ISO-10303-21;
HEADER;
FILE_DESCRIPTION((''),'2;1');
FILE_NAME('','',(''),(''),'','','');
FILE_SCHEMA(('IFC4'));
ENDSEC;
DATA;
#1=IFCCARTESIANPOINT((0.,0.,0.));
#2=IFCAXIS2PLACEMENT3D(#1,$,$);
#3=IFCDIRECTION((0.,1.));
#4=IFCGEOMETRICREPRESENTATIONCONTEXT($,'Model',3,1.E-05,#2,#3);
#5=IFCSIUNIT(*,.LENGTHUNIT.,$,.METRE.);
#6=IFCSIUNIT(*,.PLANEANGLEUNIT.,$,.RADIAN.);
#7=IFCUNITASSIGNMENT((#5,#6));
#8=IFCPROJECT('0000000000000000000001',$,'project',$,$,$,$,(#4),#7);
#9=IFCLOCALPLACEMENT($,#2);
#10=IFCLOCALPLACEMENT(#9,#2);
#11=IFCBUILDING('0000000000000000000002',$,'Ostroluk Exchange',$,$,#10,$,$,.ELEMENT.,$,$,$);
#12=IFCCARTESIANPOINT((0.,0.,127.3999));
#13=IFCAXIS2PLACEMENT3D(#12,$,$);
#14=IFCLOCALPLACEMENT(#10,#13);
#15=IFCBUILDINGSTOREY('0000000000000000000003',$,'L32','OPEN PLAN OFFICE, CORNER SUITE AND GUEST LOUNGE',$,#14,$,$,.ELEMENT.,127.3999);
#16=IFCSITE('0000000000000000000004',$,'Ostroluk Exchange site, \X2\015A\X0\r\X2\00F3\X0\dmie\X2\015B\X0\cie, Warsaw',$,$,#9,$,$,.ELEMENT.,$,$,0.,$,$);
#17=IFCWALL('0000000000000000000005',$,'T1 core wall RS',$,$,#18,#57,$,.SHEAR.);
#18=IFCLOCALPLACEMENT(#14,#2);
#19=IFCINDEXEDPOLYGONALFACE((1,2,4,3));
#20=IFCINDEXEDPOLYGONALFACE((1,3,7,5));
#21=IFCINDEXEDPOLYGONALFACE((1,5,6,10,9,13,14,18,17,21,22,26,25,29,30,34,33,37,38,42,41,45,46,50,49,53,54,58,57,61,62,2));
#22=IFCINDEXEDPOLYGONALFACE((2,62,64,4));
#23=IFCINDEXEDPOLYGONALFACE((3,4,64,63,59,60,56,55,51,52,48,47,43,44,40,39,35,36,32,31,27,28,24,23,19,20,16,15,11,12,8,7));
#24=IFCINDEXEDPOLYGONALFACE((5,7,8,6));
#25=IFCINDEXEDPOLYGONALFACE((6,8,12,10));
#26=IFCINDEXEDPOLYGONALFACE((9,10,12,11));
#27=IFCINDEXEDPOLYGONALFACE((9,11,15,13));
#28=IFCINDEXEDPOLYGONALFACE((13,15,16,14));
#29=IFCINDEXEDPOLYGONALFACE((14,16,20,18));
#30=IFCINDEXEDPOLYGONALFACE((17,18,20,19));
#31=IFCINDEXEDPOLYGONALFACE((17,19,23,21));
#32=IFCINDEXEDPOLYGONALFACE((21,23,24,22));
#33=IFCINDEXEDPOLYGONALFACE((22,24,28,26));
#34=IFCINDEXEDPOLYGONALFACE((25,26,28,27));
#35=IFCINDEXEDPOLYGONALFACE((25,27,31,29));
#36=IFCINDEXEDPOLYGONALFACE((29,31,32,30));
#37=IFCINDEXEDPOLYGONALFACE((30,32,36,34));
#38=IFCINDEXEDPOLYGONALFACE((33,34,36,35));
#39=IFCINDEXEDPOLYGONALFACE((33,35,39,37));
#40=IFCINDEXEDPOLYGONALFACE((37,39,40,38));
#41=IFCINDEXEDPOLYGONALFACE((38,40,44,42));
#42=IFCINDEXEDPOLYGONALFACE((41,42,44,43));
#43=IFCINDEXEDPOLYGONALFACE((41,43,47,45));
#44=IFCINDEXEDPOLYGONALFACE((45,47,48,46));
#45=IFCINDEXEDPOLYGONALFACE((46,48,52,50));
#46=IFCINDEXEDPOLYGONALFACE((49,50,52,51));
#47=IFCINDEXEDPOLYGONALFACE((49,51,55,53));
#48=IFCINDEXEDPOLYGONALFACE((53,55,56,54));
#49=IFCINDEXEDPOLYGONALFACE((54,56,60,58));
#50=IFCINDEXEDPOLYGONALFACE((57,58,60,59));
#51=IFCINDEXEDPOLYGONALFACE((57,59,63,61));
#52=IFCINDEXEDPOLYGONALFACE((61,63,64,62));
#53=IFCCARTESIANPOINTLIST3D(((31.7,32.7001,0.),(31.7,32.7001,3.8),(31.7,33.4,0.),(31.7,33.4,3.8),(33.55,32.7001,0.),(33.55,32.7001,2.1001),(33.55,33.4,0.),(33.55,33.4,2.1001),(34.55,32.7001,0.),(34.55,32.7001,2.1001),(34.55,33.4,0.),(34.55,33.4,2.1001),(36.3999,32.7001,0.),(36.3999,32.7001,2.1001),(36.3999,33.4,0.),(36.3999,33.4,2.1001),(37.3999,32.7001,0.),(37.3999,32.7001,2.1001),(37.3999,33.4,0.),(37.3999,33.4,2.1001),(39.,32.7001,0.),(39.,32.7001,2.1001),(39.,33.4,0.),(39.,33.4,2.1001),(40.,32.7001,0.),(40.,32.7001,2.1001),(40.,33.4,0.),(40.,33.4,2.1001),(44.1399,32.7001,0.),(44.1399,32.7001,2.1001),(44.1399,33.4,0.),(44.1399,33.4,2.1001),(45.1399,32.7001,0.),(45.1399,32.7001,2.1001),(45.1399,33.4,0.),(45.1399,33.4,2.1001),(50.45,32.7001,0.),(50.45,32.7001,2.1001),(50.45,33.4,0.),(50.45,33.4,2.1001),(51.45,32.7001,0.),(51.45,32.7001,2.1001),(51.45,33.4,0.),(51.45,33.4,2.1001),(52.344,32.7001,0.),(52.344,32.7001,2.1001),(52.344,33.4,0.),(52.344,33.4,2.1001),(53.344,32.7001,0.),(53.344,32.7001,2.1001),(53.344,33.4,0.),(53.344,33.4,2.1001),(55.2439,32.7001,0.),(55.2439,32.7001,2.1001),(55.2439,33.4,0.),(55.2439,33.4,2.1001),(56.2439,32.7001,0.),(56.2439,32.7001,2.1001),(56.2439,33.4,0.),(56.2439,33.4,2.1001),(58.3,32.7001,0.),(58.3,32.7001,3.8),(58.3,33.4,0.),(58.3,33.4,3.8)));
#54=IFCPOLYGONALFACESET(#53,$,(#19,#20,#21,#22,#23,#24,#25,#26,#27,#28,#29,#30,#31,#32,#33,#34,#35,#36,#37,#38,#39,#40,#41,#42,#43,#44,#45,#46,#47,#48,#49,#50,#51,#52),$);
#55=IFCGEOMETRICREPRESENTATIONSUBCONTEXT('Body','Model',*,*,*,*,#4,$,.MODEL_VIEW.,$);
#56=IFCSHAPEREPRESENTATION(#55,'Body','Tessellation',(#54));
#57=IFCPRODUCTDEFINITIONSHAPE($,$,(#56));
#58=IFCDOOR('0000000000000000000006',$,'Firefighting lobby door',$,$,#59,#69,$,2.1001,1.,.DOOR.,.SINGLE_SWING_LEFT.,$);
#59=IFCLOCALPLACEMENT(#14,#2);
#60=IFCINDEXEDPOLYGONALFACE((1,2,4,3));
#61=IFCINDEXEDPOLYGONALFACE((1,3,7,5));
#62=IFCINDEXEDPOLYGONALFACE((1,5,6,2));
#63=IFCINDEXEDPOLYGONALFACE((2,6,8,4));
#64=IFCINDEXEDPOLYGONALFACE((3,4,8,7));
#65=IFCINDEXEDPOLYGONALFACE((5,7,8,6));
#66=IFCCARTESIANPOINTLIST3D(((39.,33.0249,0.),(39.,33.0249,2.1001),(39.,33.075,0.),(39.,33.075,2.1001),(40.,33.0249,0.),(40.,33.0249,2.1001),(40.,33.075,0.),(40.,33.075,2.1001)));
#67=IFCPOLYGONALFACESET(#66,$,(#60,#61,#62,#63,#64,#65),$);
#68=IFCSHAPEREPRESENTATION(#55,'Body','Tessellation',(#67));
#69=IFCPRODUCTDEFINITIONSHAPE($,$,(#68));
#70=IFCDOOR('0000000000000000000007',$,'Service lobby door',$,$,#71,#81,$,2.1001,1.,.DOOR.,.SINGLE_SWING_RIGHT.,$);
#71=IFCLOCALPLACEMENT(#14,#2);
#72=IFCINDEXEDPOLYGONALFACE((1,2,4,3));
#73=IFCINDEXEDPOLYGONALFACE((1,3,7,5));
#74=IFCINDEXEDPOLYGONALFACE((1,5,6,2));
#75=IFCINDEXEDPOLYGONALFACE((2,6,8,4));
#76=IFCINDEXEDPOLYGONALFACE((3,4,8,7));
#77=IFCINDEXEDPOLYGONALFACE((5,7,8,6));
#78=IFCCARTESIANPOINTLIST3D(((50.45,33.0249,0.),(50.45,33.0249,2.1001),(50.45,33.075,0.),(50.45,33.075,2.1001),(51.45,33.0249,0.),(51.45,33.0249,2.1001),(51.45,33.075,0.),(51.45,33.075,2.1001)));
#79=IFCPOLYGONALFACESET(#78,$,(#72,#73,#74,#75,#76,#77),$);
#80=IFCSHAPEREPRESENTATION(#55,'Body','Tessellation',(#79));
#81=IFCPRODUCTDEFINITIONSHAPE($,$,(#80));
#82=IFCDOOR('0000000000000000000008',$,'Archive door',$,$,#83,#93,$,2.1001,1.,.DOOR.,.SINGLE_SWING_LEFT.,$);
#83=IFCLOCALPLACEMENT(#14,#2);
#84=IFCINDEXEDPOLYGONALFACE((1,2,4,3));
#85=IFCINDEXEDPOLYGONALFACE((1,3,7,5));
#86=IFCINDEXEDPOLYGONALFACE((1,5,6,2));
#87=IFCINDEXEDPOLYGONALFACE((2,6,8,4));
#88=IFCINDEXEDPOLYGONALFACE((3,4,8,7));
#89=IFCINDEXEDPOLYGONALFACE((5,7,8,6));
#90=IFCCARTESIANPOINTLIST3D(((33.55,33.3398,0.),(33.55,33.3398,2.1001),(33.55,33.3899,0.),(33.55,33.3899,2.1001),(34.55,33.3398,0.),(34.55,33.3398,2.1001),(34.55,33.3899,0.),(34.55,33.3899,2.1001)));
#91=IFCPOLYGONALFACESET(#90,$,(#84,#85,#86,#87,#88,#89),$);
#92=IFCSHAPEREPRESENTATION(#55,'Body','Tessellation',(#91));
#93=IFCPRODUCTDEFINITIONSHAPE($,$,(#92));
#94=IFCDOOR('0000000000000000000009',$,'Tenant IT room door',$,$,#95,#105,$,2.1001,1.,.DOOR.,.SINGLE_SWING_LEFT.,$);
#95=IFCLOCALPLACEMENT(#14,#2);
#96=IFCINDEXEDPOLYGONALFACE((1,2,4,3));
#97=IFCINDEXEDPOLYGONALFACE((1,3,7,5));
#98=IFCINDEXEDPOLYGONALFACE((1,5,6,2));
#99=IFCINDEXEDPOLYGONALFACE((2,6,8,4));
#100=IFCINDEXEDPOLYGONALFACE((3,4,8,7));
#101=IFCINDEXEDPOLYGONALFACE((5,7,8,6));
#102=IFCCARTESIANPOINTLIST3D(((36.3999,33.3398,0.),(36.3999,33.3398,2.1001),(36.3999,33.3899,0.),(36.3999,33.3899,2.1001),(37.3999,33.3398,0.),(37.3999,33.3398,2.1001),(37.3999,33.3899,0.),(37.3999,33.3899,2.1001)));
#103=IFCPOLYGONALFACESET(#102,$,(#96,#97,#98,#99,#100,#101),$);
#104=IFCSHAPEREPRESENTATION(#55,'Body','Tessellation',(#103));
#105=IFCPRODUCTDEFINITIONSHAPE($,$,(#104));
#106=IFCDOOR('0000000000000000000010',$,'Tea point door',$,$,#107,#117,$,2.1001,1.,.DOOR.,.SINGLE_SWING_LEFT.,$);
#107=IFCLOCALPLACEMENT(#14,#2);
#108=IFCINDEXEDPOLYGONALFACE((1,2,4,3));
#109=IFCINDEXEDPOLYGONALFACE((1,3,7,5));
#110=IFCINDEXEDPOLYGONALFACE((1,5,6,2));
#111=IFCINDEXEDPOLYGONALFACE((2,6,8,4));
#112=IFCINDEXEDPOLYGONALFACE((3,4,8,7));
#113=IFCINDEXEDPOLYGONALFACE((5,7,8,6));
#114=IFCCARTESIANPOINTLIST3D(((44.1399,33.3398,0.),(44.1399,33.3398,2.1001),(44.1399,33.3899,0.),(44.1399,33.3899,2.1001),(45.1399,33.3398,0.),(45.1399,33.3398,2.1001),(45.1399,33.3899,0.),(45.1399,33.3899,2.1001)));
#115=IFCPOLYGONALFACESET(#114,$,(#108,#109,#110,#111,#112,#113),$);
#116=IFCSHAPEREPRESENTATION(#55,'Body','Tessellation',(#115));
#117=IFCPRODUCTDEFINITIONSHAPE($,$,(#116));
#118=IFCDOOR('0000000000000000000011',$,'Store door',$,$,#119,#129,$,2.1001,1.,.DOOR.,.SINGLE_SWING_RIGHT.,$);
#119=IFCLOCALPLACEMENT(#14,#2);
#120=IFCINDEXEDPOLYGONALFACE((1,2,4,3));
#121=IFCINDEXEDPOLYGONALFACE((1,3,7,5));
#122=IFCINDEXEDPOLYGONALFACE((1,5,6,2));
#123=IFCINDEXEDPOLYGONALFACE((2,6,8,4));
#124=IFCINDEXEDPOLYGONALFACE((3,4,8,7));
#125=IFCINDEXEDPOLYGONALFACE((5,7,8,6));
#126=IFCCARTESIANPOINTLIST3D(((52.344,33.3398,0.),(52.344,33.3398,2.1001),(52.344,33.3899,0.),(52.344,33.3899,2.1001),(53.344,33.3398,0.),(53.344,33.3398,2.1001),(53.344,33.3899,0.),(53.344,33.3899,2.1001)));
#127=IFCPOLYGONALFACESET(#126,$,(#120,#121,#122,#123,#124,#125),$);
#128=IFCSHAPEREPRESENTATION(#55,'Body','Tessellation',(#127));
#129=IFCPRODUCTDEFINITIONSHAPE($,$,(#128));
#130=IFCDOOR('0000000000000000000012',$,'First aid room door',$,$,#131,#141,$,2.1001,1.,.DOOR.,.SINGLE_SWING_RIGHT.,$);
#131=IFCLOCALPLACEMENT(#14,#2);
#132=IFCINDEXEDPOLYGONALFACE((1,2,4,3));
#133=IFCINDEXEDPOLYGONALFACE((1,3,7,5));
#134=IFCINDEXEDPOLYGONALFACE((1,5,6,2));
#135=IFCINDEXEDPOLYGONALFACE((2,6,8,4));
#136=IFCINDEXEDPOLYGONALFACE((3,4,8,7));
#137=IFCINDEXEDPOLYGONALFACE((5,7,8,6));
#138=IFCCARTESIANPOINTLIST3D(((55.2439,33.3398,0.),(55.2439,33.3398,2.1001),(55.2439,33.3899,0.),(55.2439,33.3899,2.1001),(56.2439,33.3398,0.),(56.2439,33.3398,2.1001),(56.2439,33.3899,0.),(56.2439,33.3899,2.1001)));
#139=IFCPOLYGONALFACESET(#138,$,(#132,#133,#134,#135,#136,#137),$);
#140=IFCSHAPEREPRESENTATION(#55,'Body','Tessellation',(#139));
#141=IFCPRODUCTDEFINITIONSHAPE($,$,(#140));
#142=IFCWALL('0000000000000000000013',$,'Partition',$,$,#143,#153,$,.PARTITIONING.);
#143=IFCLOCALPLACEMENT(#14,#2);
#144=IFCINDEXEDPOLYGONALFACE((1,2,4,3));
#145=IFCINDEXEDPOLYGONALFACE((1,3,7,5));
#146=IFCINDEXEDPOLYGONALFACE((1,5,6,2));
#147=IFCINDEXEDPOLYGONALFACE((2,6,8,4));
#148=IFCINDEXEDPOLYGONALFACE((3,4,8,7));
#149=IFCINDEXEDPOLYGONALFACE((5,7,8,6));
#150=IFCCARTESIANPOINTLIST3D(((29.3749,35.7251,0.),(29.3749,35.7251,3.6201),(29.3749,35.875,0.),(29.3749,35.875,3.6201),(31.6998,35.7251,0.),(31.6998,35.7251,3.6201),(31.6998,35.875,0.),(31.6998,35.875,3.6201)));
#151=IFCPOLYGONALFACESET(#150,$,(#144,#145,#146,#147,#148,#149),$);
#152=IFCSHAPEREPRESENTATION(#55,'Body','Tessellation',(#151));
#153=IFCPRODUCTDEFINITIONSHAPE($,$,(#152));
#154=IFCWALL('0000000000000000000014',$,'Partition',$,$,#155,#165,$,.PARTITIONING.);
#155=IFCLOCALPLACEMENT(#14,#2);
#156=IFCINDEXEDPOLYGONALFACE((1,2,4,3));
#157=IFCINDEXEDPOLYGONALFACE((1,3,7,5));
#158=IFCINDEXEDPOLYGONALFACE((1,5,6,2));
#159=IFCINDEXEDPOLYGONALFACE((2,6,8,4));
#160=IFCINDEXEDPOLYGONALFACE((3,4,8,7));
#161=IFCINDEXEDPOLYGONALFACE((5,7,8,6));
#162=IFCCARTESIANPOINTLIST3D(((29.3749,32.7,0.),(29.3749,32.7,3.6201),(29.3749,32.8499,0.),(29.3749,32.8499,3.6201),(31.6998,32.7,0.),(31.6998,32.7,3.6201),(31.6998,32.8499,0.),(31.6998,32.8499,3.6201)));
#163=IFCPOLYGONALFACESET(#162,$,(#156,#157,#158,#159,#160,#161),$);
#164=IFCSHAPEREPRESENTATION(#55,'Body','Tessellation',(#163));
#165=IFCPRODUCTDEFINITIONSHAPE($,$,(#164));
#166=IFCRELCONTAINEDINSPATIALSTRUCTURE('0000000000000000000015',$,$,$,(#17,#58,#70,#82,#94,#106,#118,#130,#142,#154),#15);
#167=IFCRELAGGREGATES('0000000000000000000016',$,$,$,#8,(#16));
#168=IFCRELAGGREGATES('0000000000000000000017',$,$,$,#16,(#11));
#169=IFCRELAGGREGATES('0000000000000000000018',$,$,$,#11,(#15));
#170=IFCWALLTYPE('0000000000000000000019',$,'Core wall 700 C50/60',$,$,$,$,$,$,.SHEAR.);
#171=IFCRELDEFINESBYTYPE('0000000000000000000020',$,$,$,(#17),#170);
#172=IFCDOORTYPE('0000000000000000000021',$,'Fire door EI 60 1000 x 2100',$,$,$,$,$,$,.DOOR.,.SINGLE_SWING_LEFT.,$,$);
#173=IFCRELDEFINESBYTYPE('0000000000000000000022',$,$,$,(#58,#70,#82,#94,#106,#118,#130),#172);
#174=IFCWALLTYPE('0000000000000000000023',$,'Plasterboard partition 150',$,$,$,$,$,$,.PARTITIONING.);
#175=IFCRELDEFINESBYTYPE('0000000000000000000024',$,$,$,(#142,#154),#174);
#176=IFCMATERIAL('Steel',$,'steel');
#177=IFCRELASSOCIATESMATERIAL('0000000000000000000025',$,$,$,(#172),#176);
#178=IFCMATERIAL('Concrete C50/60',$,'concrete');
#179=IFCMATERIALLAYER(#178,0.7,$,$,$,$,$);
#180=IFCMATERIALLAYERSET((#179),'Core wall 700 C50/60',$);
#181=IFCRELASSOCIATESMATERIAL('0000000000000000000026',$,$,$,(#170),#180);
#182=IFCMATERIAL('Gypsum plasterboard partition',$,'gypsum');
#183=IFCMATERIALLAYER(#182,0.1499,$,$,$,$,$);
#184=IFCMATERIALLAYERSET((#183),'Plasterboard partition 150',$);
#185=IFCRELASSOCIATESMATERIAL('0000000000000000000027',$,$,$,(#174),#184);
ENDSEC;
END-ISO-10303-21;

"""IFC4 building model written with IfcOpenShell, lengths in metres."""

from ifc_helpers import new_model, si_unit, direction, frame, frame_2d, origin, place, context, subcontext, project, spatial, rectangle, extrude, material, layer, layer_set, type_object, element, fill, save


model = new_model("IFC4")

# Units and contexts
model_context = context("Model", 3, precision=1e-05, world=origin(), true_north=direction((0.0, 1.0)))
body_context = subcontext(model_context, "Body", "Model", "MODEL_VIEW")
ifc_project = project(units=[si_unit("LENGTHUNIT", "METRE"), si_unit("PLANEANGLEUNIT", "RADIAN")], contexts=[model_context])

# Site, building, storey
site_placement = place(None, origin())
site = spatial("IfcSite", under=ifc_project, at=site_placement, Name="Ostroluk Exchange site, Śródmieście, Warsaw", CompositionType="ELEMENT", RefElevation=0.0)
building_placement = place(site_placement, origin())
building = spatial("IfcBuilding", under=site, at=building_placement, Name="Ostroluk Exchange", CompositionType="ELEMENT")
storey_placement = place(building_placement, frame((0.0, 0.0, 127.3999)))
storey = spatial("IfcBuildingStorey", under=building, at=storey_placement, Name="L32", Description="OPEN PLAN OFFICE, CORNER SUITE AND GUEST LOUNGE", CompositionType="ELEMENT", Elevation=127.3999)

# Wall, openings, doors
ifc_material_1 = material(Name="Steel", Category="steel")
door_type_1 = type_object("IfcDoorType", Name="Fire door EI 60 1000 x 2100", OperationType="SINGLE_SWING_LEFT", PredefinedType="DOOR", material=ifc_material_1)
ifc_material_2 = material(Name="Concrete C50/60", Category="concrete")
ifc_layer_1 = layer(ifc_material_2, 0.7)
ifc_layer_set_1 = layer_set([ifc_layer_1], Name="Core wall 700 C50/60")
wall_type_1 = type_object("IfcWallType", Name="Core wall 700 C50/60", PredefinedType="SHEAR", material=ifc_layer_set_1)
wall_1_placement = place(storey_placement, frame((31.7, 33.05, 0.0), z_axis=(0.0, 0.0, 1.0), x_axis=(1.0, 0.0, 0.0)))
wall_1 = element("IfcWall", 1, at=wall_1_placement, inside=storey, type_object=wall_type_1, Name="T1 core wall RS", PredefinedType="SHEAR", context=body_context, shape_type="SweptSolid", body=[
    extrude(rectangle(XDim=26.6001, YDim=0.7, at=frame_2d((13.3, 0.0))), origin(), (0.0, 0.0, 1.0), 3.8),
])
opening_1_placement = place(wall_1_placement, frame((7.3, 0.0, 0.0)))
opening_1 = element("IfcOpeningElement", 2, at=opening_1_placement, cuts=wall_1, PredefinedType="OPENING", context=body_context, shape_type="SweptSolid", body=[
    extrude(rectangle(XDim=1.0, YDim=2.1001, at=frame_2d((0.5, 1.05))), frame((0.0, 0.3599, 0.0), z_axis=(0.0, -1.0, 0.0), x_axis=(1.0, 0.0, 0.0)), (0.0, 0.0, 1.0), 0.72),
])
opening_2_placement = place(wall_1_placement, frame((18.75, 0.0, 0.0)))
opening_2 = element("IfcOpeningElement", 3, at=opening_2_placement, cuts=wall_1, PredefinedType="OPENING", context=body_context, shape_type="SweptSolid", body=[
    extrude(rectangle(XDim=1.0, YDim=2.1001, at=frame_2d((0.5, 1.05))), frame((0.0, 0.3599, 0.0), z_axis=(0.0, -1.0, 0.0), x_axis=(1.0, 0.0, 0.0)), (0.0, 0.0, 1.0), 0.72),
])
opening_3_placement = place(wall_1_placement, frame((1.8501, 0.0, 0.0)))
opening_3 = element("IfcOpeningElement", 4, at=opening_3_placement, cuts=wall_1, PredefinedType="OPENING", context=body_context, shape_type="SweptSolid", body=[
    extrude(rectangle(XDim=1.0, YDim=2.1001, at=frame_2d((0.5, 1.05))), frame((0.0, 0.3599, 0.0), z_axis=(0.0, -1.0, 0.0), x_axis=(1.0, 0.0, 0.0)), (0.0, 0.0, 1.0), 0.72),
])
opening_4_placement = place(wall_1_placement, frame((4.7, 0.0, 0.0)))
opening_4 = element("IfcOpeningElement", 5, at=opening_4_placement, cuts=wall_1, PredefinedType="OPENING", context=body_context, shape_type="SweptSolid", body=[
    extrude(rectangle(XDim=1.0, YDim=2.1001, at=frame_2d((0.5, 1.05))), frame((0.0, 0.3599, 0.0), z_axis=(0.0, -1.0, 0.0), x_axis=(1.0, 0.0, 0.0)), (0.0, 0.0, 1.0), 0.72),
])
opening_5_placement = place(wall_1_placement, frame((12.4399, 0.0, 0.0)))
opening_5 = element("IfcOpeningElement", 6, at=opening_5_placement, cuts=wall_1, PredefinedType="OPENING", context=body_context, shape_type="SweptSolid", body=[
    extrude(rectangle(XDim=1.0, YDim=2.1001, at=frame_2d((0.5, 1.05))), frame((0.0, 0.3599, 0.0), z_axis=(0.0, -1.0, 0.0), x_axis=(1.0, 0.0, 0.0)), (0.0, 0.0, 1.0), 0.72),
])
opening_6_placement = place(wall_1_placement, frame((20.644, 0.0, 0.0)))
opening_6 = element("IfcOpeningElement", 7, at=opening_6_placement, cuts=wall_1, PredefinedType="OPENING", context=body_context, shape_type="SweptSolid", body=[
    extrude(rectangle(XDim=1.0, YDim=2.1001, at=frame_2d((0.5, 1.05))), frame((0.0, 0.3599, 0.0), z_axis=(0.0, -1.0, 0.0), x_axis=(1.0, 0.0, 0.0)), (0.0, 0.0, 1.0), 0.72),
])
opening_7_placement = place(wall_1_placement, frame((23.5439, 0.0, 0.0)))
opening_7 = element("IfcOpeningElement", 8, at=opening_7_placement, cuts=wall_1, PredefinedType="OPENING", context=body_context, shape_type="SweptSolid", body=[
    extrude(rectangle(XDim=1.0, YDim=2.1001, at=frame_2d((0.5, 1.05))), frame((0.0, 0.3599, 0.0), z_axis=(0.0, -1.0, 0.0), x_axis=(1.0, 0.0, 0.0)), (0.0, 0.0, 1.0), 0.72),
])
door_1_placement = place(opening_1_placement, origin())
door_1 = element("IfcDoor", 9, at=door_1_placement, inside=storey, type_object=door_type_1, Name="Firefighting lobby door", OperationType="SINGLE_SWING_LEFT", OverallHeight=2.1001, OverallWidth=1.0, PredefinedType="DOOR", context=body_context, shape_type="SweptSolid", body=[
    extrude(rectangle(XDim=1.0, YDim=2.1001, at=frame_2d((0.5, 1.05))), frame((0.0, 0.0249, 0.0), z_axis=(0.0, -1.0, 0.0), x_axis=(1.0, 0.0, 0.0)), (0.0, 0.0, 1.0), 0.05),
])
fill(opening_1, door_1)
door_2_placement = place(opening_2_placement, origin())
door_2 = element("IfcDoor", 10, at=door_2_placement, inside=storey, type_object=door_type_1, Name="Service lobby door", OperationType="SINGLE_SWING_RIGHT", OverallHeight=2.1001, OverallWidth=1.0, PredefinedType="DOOR", context=body_context, shape_type="SweptSolid", body=[
    extrude(rectangle(XDim=1.0, YDim=2.1001, at=frame_2d((0.5, 1.05))), frame((0.0, 0.0249, 0.0), z_axis=(0.0, -1.0, 0.0), x_axis=(1.0, 0.0, 0.0)), (0.0, 0.0, 1.0), 0.05),
])
fill(opening_2, door_2)
door_3_placement = place(opening_3_placement, origin())
door_3 = element("IfcDoor", 11, at=door_3_placement, inside=storey, type_object=door_type_1, Name="Archive door", OperationType="SINGLE_SWING_LEFT", OverallHeight=2.1001, OverallWidth=1.0, PredefinedType="DOOR", context=body_context, shape_type="SweptSolid", body=[
    extrude(rectangle(XDim=1.0, YDim=2.1001, at=frame_2d((0.5, 1.05))), frame((0.0, 0.3398, 0.0), z_axis=(0.0, -1.0, 0.0), x_axis=(1.0, 0.0, 0.0)), (0.0, 0.0, 1.0), 0.05),
])
fill(opening_3, door_3)
door_4_placement = place(opening_4_placement, origin())
door_4 = element("IfcDoor", 12, at=door_4_placement, inside=storey, type_object=door_type_1, Name="Tenant IT room door", OperationType="SINGLE_SWING_LEFT", OverallHeight=2.1001, OverallWidth=1.0, PredefinedType="DOOR", context=body_context, shape_type="SweptSolid", body=[
    extrude(rectangle(XDim=1.0, YDim=2.1001, at=frame_2d((0.5, 1.05))), frame((0.0, 0.3398, 0.0), z_axis=(0.0, -1.0, 0.0), x_axis=(1.0, 0.0, 0.0)), (0.0, 0.0, 1.0), 0.05),
])
fill(opening_4, door_4)
door_5_placement = place(opening_5_placement, origin())
door_5 = element("IfcDoor", 13, at=door_5_placement, inside=storey, type_object=door_type_1, Name="Tea point door", OperationType="SINGLE_SWING_LEFT", OverallHeight=2.1001, OverallWidth=1.0, PredefinedType="DOOR", context=body_context, shape_type="SweptSolid", body=[
    extrude(rectangle(XDim=1.0, YDim=2.1001, at=frame_2d((0.5, 1.05))), frame((0.0, 0.3398, 0.0), z_axis=(0.0, -1.0, 0.0), x_axis=(1.0, 0.0, 0.0)), (0.0, 0.0, 1.0), 0.05),
])
fill(opening_5, door_5)
door_6_placement = place(opening_6_placement, origin())
door_6 = element("IfcDoor", 14, at=door_6_placement, inside=storey, type_object=door_type_1, Name="Store door", OperationType="SINGLE_SWING_RIGHT", OverallHeight=2.1001, OverallWidth=1.0, PredefinedType="DOOR", context=body_context, shape_type="SweptSolid", body=[
    extrude(rectangle(XDim=1.0, YDim=2.1001, at=frame_2d((0.5, 1.05))), frame((0.0, 0.3398, 0.0), z_axis=(0.0, -1.0, 0.0), x_axis=(1.0, 0.0, 0.0)), (0.0, 0.0, 1.0), 0.05),
])
fill(opening_6, door_6)
door_7_placement = place(opening_7_placement, origin())
door_7 = element("IfcDoor", 15, at=door_7_placement, inside=storey, type_object=door_type_1, Name="First aid room door", OperationType="SINGLE_SWING_RIGHT", OverallHeight=2.1001, OverallWidth=1.0, PredefinedType="DOOR", context=body_context, shape_type="SweptSolid", body=[
    extrude(rectangle(XDim=1.0, YDim=2.1001, at=frame_2d((0.5, 1.05))), frame((0.0, 0.3398, 0.0), z_axis=(0.0, -1.0, 0.0), x_axis=(1.0, 0.0, 0.0)), (0.0, 0.0, 1.0), 0.05),
])
fill(opening_7, door_7)

# Walls
ifc_material_3 = material(Name="Gypsum plasterboard partition", Category="gypsum")
ifc_layer_2 = layer(ifc_material_3, 0.1499)
ifc_layer_set_2 = layer_set([ifc_layer_2], Name="Plasterboard partition 150")
wall_type_2 = type_object("IfcWallType", Name="Plasterboard partition 150", PredefinedType="PARTITIONING", material=ifc_layer_set_2)
for number, where, z_axis, x_axis, name in (
    (16, (31.7, 35.8, 0.0), (0.0, 0.0, 1.0), (-1.0, 0.0, 0.0), "Partition"),
    (17, (31.7, 32.7749, 0.0), (0.0, 0.0, 1.0), (-1.0, 0.0, 0.0), "Partition"),
):
    element("IfcWall", number, at=place(storey_placement, frame(where, z_axis=z_axis, x_axis=x_axis)), inside=storey, type_object=wall_type_2, Name=name, PredefinedType="PARTITIONING", context=body_context, shape_type="SweptSolid", body=[
        extrude(rectangle(XDim=2.325, YDim=0.1499, at=frame_2d((1.1626, 0.0))), origin(), (0.0, 0.0, 1.0), 3.6201),
    ])

save(model, "model.ifc")
